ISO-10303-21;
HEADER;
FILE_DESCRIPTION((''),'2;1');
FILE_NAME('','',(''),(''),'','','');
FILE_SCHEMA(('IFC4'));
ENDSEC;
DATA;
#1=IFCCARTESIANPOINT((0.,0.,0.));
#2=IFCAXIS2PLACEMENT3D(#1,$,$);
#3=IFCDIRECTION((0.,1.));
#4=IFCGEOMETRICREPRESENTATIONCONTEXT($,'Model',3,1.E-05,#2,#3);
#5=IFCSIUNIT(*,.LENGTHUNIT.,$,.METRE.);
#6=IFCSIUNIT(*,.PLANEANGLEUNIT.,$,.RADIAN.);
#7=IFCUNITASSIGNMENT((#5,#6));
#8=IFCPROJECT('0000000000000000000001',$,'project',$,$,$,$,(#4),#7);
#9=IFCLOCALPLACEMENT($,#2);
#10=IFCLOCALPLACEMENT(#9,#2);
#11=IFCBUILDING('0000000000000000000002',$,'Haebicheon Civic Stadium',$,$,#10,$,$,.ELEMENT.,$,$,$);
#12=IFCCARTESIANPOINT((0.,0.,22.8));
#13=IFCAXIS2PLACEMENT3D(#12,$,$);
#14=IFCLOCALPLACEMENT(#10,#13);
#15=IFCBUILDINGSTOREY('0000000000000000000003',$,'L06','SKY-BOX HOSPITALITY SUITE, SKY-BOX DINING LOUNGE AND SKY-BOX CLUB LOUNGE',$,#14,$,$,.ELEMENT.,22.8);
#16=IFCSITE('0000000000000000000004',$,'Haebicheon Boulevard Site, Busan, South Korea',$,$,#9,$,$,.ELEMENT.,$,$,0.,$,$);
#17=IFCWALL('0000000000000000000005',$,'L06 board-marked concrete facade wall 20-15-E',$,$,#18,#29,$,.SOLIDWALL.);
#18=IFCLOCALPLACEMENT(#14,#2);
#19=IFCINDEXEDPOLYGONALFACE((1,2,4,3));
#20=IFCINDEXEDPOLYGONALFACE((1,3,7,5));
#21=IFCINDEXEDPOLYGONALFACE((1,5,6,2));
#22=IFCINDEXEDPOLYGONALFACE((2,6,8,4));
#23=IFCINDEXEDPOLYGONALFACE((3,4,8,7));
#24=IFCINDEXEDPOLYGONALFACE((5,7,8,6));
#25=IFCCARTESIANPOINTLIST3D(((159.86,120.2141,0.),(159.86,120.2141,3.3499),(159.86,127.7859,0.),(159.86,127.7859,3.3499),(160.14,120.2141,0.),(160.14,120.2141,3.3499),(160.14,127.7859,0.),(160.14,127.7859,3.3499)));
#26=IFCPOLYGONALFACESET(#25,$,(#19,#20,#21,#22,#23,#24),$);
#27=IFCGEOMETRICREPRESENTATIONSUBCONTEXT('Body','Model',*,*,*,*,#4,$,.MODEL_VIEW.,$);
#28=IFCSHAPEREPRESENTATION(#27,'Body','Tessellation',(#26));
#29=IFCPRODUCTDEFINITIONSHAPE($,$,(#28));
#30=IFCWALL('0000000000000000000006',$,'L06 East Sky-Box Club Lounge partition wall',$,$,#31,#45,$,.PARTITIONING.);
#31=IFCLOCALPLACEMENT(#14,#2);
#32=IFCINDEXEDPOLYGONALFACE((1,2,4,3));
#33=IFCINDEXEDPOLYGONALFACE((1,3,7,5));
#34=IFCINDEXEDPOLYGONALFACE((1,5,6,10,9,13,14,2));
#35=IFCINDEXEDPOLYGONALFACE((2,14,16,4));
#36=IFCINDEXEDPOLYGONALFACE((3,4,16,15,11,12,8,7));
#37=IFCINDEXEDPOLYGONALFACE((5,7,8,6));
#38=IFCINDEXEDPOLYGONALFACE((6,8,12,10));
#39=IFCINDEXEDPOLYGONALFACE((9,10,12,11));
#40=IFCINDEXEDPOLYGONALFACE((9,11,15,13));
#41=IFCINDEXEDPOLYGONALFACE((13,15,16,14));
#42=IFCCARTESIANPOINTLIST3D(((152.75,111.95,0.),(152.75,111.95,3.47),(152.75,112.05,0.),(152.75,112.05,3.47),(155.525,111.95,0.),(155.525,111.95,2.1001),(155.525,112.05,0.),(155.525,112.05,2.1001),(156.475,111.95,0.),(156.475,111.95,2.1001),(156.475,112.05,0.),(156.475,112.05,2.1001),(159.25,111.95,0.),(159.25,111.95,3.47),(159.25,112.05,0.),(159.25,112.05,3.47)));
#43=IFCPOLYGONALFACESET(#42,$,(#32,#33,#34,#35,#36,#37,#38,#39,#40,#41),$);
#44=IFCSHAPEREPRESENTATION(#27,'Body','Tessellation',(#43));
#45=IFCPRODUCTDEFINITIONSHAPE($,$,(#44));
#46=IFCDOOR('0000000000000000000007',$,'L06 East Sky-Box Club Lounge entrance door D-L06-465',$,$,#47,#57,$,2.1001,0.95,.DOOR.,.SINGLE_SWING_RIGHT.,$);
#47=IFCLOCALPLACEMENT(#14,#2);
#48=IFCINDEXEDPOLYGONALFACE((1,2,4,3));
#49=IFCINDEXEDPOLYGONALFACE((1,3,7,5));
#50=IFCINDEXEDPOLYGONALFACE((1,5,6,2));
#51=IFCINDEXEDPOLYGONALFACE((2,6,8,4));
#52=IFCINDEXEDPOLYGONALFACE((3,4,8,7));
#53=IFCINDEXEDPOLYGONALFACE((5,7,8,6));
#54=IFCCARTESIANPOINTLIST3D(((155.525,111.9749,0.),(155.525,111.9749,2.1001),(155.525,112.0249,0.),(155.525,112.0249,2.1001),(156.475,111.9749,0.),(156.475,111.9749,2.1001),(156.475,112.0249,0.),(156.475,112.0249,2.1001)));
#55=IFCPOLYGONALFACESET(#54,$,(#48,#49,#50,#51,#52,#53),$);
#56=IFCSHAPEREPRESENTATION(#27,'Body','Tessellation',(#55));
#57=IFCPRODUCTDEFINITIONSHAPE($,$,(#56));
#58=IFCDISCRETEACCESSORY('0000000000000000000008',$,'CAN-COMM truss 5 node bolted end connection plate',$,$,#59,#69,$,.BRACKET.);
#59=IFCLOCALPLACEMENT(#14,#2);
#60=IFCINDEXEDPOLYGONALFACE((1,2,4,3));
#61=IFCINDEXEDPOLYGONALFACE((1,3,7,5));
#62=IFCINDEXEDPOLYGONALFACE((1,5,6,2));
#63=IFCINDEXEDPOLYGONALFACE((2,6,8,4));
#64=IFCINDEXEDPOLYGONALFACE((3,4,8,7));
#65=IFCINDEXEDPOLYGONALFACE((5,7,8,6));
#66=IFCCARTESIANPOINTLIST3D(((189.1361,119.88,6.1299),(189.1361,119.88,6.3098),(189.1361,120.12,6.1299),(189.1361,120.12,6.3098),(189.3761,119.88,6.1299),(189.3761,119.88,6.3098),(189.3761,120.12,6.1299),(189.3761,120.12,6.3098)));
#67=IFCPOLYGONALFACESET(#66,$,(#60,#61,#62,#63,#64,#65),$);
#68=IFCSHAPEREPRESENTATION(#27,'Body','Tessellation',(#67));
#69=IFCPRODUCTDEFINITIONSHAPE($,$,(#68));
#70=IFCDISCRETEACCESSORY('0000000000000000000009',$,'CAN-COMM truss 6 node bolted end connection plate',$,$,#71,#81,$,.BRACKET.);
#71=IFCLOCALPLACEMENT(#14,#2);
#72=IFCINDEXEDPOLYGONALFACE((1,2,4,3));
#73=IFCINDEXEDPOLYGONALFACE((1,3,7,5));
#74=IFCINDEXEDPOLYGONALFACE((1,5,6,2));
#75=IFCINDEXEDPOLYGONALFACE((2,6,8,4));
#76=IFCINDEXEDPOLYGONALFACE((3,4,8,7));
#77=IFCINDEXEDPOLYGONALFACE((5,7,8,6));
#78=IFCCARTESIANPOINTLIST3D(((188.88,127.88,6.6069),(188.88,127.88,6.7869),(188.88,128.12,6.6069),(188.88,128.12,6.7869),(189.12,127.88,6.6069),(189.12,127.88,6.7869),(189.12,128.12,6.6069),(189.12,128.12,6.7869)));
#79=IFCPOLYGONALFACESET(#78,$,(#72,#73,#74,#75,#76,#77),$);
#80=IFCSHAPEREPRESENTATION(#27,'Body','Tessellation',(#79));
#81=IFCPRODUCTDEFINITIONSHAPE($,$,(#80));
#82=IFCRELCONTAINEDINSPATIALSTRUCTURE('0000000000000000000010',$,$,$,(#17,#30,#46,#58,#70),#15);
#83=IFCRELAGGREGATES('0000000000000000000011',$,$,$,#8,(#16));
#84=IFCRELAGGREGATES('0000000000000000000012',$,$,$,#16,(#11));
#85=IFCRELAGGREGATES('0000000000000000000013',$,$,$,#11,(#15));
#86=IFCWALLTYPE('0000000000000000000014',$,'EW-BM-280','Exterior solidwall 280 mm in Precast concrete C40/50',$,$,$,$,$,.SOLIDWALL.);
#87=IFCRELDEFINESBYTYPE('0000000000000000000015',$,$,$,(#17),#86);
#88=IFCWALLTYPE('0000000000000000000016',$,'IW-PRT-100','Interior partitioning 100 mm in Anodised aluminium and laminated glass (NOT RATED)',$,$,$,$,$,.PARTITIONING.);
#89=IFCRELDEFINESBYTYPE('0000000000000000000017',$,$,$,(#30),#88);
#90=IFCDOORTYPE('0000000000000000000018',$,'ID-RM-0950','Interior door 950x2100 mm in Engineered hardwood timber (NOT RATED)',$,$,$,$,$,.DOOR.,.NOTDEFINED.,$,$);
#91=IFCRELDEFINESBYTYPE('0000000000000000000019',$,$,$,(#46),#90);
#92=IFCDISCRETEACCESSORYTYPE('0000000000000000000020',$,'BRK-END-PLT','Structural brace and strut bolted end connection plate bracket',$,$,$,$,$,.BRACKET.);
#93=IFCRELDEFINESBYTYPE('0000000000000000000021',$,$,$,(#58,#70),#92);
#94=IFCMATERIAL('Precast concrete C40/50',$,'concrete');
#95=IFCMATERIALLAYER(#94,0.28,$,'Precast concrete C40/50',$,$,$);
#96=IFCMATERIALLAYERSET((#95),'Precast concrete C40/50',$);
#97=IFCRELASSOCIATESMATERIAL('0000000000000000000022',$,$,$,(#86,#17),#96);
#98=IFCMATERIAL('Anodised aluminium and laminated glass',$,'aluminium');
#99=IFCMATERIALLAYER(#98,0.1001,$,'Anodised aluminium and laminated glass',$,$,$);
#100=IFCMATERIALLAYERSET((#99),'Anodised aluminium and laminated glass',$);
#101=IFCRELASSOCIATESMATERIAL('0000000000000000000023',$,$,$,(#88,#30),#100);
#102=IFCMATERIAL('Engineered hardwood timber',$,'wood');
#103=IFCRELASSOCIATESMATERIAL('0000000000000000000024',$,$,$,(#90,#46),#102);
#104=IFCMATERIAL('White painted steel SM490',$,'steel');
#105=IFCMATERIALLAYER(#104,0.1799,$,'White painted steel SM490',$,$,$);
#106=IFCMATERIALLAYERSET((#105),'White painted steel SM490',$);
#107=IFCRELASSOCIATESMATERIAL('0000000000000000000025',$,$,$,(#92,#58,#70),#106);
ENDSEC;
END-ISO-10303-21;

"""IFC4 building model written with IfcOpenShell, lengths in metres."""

from ifc_helpers import new_model, si_unit, direction, frame, frame_2d, origin, origin_2d, place, context, subcontext, project, spatial, rectangle, extrude, material, layer, layer_set, type_object, element, fill, save


model = new_model("IFC4")

# Units and contexts
model_context = context("Model", 3, precision=1e-05, world=origin(), true_north=direction((0.0, 1.0)))
body_context = subcontext(model_context, "Body", "Model", "MODEL_VIEW")
ifc_project = project(units=[si_unit("LENGTHUNIT", "METRE"), si_unit("PLANEANGLEUNIT", "RADIAN")], contexts=[model_context])

# Site, building, storey
site_placement = place(None, origin())
site = spatial("IfcSite", under=ifc_project, at=site_placement, Name="Haebicheon Boulevard Site, Busan, South Korea", CompositionType="ELEMENT", RefElevation=0.0)
building_placement = place(site_placement, origin())
building = spatial("IfcBuilding", under=site, at=building_placement, Name="Haebicheon Civic Stadium", CompositionType="ELEMENT")
storey_placement = place(building_placement, frame((0.0, 0.0, 22.8)))
storey = spatial("IfcBuildingStorey", under=building, at=storey_placement, Name="L06", Description="SKY-BOX HOSPITALITY SUITE, SKY-BOX DINING LOUNGE AND SKY-BOX CLUB LOUNGE", CompositionType="ELEMENT", Elevation=22.8)

# Wall
ifc_material_1 = material(Name="Precast concrete C40/50", Category="concrete")
ifc_layer_1 = layer(ifc_material_1, 0.28, Name="Precast concrete C40/50")
ifc_layer_set_1 = layer_set([ifc_layer_1], Name="Precast concrete C40/50")
wall_type_1 = type_object("IfcWallType", Name="EW-BM-280", Description="Exterior solidwall 280 mm in Precast concrete C40/50", PredefinedType="SOLIDWALL", material=ifc_layer_set_1)
wall_1_placement = place(storey_placement, frame((160.0, 120.2141, 0.0), z_axis=(0.0, 0.0, 1.0), x_axis=(0.0, 1.0, 0.0)))
element("IfcWall", 1, at=wall_1_placement, inside=storey, type_object=wall_type_1, material=ifc_layer_set_1, Name="L06 board-marked concrete facade wall 20-15-E", PredefinedType="SOLIDWALL", context=body_context, shape_type="SweptSolid", body=[
    extrude(rectangle(XDim=7.5718, YDim=0.28, at=frame_2d((3.7859, 0.0))), origin(), (0.0, 0.0, 1.0), 3.3499),
])

# Wall, opening, door
ifc_material_2 = material(Name="Anodised aluminium and laminated glass", Category="aluminium")
ifc_layer_2 = layer(ifc_material_2, 0.1001, Name="Anodised aluminium and laminated glass")
ifc_layer_set_2 = layer_set([ifc_layer_2], Name="Anodised aluminium and laminated glass")
wall_type_2 = type_object("IfcWallType", Name="IW-PRT-100", Description="Interior partitioning 100 mm in Anodised aluminium and laminated glass (NOT RATED)", PredefinedType="PARTITIONING", material=ifc_layer_set_2)
wall_2_placement = place(storey_placement, frame((152.75, 112.0, 0.0), z_axis=(0.0, 0.0, 1.0), x_axis=(1.0, 0.0, 0.0)))
wall_2 = element("IfcWall", 2, at=wall_2_placement, inside=storey, type_object=wall_type_2, material=ifc_layer_set_2, Name="L06 East Sky-Box Club Lounge partition wall", PredefinedType="PARTITIONING", context=body_context, shape_type="SweptSolid", body=[
    extrude(rectangle(XDim=6.5, YDim=0.1001, at=frame_2d((3.25, 0.0))), origin(), (0.0, 0.0, 1.0), 3.47),
])
opening_placement = place(wall_2_placement, frame((2.7749, 0.0, 0.0)))
opening = element("IfcOpeningElement", 3, at=opening_placement, cuts=wall_2, PredefinedType="OPENING", context=body_context, shape_type="SweptSolid", body=[
    extrude(rectangle(XDim=0.95, YDim=2.1001, at=frame_2d((0.4751, 1.05))), frame((0.0, 0.0601, 0.0), z_axis=(0.0, -1.0, 0.0), x_axis=(1.0, 0.0, 0.0)), (0.0, 0.0, 1.0), 0.1201),
])
ifc_material_3 = material(Name="Engineered hardwood timber", Category="wood")
door_type = type_object("IfcDoorType", Name="ID-RM-0950", Description="Interior door 950x2100 mm in Engineered hardwood timber (NOT RATED)", OperationType="NOTDEFINED", PredefinedType="DOOR", material=ifc_material_3)
door_placement = place(opening_placement, origin())
door = element("IfcDoor", 4, at=door_placement, inside=storey, type_object=door_type, material=ifc_material_3, Name="L06 East Sky-Box Club Lounge entrance door D-L06-465", OperationType="SINGLE_SWING_RIGHT", OverallHeight=2.1001, OverallWidth=0.95, PredefinedType="DOOR", context=body_context, shape_type="SweptSolid", body=[
    extrude(rectangle(XDim=0.95, YDim=2.1001, at=frame_2d((0.4751, 1.05))), frame((0.0, 0.0249, 0.0), z_axis=(0.0, -1.0, 0.0), x_axis=(1.0, 0.0, 0.0)), (0.0, 0.0, 1.0), 0.05),
])
fill(opening, door)

# Discrete accessories
ifc_material_4 = material(Name="White painted steel SM490", Category="steel")
ifc_layer_3 = layer(ifc_material_4, 0.1799, Name="White painted steel SM490")
ifc_layer_set_3 = layer_set([ifc_layer_3], Name="White painted steel SM490")
discrete_accessory_type = type_object("IfcDiscreteAccessoryType", Name="BRK-END-PLT", Description="Structural brace and strut bolted end connection plate bracket", PredefinedType="BRACKET", material=ifc_layer_set_3)
for number, where, z_axis, x_axis, name in (
    (5, (189.2561, 120.0, 6.1299), (0.0, 0.0, 1.0), (1.0, 0.0, 0.0), "CAN-COMM truss 5 node bolted end connection plate"),
    (6, (189.0, 128.0, 6.6069), (0.0, 0.0, 1.0), (1.0, 0.0, 0.0), "CAN-COMM truss 6 node bolted end connection plate"),
):
    element("IfcDiscreteAccessory", number, at=place(storey_placement, frame(where, z_axis=z_axis, x_axis=x_axis)), inside=storey, type_object=discrete_accessory_type, material=ifc_layer_set_3, Name=name, PredefinedType="BRACKET", context=body_context, shape_type="SweptSolid", body=[
        extrude(rectangle(XDim=0.24, YDim=0.24, at=origin_2d()), origin(), (0.0, 0.0, 1.0), 0.1799),
    ])

save(model, "model.ifc")
